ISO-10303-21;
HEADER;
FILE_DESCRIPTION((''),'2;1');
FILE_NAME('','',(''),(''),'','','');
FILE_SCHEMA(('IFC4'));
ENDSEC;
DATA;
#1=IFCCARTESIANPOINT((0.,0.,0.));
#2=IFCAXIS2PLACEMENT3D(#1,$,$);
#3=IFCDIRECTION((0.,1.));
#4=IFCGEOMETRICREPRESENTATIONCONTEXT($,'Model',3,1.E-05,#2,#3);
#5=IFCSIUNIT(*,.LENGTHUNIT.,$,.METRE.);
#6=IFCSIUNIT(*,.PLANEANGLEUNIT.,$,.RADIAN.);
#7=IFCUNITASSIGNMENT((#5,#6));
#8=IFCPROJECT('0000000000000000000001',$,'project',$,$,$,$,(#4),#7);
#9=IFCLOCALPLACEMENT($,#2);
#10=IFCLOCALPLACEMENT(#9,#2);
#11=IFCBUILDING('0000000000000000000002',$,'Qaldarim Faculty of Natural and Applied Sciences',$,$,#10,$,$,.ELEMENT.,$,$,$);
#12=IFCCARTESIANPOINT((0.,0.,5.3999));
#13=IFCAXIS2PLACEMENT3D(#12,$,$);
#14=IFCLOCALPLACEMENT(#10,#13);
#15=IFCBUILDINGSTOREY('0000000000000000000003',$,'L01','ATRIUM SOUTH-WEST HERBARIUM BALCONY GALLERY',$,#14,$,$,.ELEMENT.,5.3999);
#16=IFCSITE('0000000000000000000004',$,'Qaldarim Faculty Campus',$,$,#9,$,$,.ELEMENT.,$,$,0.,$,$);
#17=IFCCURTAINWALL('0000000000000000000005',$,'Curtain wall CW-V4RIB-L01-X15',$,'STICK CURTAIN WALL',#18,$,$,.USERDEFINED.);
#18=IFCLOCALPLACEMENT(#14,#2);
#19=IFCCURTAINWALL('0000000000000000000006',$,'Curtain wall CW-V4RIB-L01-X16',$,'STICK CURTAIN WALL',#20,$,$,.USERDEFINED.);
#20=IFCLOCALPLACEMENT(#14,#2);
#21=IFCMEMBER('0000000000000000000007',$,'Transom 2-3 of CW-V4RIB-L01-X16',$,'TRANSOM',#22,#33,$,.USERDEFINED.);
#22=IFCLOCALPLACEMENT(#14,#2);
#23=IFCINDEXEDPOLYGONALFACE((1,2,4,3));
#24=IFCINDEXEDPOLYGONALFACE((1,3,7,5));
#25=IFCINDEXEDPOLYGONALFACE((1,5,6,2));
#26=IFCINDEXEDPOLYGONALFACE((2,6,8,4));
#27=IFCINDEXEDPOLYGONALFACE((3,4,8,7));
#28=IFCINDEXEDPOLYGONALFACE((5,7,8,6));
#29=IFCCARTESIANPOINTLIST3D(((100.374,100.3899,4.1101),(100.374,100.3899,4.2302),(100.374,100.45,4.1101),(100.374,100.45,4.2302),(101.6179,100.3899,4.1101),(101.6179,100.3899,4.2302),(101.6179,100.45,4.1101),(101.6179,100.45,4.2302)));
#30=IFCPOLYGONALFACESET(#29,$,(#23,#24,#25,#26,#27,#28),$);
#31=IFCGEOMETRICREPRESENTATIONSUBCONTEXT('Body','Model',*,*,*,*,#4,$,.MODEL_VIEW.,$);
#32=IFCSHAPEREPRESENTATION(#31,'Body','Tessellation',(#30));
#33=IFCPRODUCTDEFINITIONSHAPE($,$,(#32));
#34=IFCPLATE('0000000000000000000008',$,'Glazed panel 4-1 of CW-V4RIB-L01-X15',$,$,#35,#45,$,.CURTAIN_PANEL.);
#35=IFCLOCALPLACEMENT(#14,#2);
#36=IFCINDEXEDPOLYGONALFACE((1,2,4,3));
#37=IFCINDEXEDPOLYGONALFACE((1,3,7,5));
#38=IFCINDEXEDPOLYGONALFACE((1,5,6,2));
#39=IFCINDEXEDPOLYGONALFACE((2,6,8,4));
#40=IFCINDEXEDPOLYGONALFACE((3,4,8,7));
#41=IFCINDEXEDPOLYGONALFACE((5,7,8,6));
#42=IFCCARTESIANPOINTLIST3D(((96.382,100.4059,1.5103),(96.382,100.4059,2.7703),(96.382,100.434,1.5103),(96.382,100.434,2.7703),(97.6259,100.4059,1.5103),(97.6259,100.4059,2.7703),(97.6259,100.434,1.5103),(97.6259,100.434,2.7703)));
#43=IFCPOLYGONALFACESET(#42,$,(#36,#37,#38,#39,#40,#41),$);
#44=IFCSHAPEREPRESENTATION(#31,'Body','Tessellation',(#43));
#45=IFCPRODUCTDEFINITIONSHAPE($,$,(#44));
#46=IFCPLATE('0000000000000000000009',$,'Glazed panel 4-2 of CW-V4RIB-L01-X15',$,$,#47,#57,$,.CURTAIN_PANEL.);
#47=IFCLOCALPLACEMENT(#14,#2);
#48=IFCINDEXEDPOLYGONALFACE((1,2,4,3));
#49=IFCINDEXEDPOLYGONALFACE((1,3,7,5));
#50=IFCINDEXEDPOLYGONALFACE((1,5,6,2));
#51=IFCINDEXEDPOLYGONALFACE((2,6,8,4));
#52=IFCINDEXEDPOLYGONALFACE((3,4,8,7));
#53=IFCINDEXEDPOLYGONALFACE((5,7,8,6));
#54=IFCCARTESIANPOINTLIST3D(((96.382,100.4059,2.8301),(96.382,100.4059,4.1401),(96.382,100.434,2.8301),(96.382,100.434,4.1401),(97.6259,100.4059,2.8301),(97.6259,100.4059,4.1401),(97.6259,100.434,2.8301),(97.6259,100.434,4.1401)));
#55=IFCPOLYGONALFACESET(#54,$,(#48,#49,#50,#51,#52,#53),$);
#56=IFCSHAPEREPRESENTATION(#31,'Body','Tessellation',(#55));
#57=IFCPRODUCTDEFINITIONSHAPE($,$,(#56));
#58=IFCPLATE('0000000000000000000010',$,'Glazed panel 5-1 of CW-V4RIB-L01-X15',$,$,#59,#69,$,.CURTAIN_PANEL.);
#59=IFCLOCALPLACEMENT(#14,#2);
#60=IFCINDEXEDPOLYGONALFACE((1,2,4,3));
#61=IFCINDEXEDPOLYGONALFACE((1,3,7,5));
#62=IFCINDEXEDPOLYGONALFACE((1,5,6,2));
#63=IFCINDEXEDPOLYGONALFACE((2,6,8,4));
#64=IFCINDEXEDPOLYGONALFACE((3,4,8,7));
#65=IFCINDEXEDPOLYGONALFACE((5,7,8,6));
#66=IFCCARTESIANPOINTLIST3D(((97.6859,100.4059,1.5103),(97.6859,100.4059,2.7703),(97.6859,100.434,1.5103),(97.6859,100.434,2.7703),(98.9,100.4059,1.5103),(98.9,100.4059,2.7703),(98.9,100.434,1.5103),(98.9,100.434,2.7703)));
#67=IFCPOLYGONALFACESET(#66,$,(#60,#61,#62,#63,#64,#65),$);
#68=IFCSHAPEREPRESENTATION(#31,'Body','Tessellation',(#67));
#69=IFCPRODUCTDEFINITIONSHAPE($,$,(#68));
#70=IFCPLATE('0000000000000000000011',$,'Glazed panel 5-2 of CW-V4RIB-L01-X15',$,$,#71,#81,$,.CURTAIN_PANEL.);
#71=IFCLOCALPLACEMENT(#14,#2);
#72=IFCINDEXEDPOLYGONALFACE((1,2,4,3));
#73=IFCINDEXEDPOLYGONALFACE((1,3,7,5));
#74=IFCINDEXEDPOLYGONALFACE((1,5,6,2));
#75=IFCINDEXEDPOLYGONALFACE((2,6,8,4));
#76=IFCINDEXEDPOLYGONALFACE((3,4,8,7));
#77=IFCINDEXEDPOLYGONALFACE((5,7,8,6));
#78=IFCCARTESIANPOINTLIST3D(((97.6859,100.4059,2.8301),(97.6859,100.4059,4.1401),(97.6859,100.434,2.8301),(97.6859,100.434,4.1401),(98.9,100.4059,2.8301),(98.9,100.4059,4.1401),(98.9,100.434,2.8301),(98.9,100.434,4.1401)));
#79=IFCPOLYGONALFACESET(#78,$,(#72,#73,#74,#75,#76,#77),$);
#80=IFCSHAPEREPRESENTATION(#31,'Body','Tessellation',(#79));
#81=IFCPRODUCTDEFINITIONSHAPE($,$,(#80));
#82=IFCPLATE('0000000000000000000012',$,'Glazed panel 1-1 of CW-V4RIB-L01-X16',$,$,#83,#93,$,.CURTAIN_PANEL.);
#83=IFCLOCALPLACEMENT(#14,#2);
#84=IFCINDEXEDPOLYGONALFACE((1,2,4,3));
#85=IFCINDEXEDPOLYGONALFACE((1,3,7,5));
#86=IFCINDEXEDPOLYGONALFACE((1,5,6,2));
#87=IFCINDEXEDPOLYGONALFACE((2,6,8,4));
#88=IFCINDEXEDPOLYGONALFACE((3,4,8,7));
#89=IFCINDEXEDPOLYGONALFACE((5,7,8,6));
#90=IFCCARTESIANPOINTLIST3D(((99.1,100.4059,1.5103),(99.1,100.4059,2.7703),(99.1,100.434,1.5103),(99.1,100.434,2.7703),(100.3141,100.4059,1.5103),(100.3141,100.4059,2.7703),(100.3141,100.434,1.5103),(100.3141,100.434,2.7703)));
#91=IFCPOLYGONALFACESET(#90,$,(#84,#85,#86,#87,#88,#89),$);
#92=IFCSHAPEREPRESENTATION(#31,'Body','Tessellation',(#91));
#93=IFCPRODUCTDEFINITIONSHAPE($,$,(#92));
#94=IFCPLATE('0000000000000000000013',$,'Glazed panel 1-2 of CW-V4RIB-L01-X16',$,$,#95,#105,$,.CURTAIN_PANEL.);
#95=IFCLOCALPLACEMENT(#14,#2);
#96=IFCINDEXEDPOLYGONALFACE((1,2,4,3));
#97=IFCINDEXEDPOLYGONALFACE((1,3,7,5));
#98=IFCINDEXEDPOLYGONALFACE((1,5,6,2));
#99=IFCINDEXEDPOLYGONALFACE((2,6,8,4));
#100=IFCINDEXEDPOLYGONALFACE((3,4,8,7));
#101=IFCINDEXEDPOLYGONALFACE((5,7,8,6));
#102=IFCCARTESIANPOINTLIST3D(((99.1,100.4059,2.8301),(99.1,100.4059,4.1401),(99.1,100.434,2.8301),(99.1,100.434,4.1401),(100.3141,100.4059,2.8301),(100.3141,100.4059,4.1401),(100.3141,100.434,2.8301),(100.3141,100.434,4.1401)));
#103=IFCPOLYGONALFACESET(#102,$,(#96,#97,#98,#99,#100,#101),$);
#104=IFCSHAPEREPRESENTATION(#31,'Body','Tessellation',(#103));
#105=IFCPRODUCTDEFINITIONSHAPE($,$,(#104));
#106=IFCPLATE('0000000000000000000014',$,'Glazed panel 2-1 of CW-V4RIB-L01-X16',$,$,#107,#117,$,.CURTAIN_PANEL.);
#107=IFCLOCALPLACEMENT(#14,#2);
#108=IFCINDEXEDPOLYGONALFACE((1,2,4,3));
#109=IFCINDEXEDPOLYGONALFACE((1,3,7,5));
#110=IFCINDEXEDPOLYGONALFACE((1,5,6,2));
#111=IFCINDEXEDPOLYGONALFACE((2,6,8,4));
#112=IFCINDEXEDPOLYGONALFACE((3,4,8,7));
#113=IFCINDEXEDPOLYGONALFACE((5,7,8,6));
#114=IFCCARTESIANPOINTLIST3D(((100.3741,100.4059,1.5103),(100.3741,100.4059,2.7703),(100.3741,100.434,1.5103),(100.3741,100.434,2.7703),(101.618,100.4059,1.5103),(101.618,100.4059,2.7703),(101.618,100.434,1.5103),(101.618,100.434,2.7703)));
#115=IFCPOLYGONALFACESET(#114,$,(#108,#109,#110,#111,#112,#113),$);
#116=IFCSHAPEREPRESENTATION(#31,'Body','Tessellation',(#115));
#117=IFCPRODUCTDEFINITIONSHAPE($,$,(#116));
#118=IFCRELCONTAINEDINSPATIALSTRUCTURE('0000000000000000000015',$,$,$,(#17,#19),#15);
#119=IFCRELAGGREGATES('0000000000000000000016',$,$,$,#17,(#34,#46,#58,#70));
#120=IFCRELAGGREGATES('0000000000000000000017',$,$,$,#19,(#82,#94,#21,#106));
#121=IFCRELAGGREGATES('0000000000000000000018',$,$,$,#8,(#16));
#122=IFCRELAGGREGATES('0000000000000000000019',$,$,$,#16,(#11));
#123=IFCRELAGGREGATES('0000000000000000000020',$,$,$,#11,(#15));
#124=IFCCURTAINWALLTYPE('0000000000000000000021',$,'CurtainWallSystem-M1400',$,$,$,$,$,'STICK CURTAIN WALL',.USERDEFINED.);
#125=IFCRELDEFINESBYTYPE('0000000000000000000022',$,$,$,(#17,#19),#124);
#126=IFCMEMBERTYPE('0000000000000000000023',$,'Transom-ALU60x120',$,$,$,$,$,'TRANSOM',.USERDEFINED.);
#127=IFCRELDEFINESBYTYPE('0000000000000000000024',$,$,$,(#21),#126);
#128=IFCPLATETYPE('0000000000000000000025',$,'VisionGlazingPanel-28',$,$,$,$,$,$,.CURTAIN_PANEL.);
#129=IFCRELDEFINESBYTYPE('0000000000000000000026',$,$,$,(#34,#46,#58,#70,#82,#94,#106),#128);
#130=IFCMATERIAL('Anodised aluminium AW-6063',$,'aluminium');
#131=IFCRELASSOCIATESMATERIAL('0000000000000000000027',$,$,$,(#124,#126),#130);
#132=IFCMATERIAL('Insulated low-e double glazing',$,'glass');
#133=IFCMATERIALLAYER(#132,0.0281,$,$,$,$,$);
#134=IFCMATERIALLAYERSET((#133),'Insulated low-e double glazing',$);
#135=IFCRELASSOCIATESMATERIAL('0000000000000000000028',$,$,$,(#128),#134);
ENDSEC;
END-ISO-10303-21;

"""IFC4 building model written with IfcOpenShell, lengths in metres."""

from ifc_helpers import new_model, si_unit, direction, frame, origin, origin_2d, place, context, subcontext, project, spatial, rectangle, extrude, material, layer, layer_set, material_profile, profile_set, type_object, element, aggregate, save


model = new_model("IFC4")

# Units and contexts
model_context = context("Model", 3, precision=1e-05, world=origin(), true_north=direction((0.0, 1.0)))
body_context = subcontext(model_context, "Body", "Model", "MODEL_VIEW")
ifc_project = project(units=[si_unit("LENGTHUNIT", "METRE"), si_unit("PLANEANGLEUNIT", "RADIAN")], contexts=[model_context])

# Site, building, storey
site_placement = place(None, origin())
site = spatial("IfcSite", under=ifc_project, at=site_placement, Name="Qaldarim Faculty Campus", CompositionType="ELEMENT", RefElevation=0.0)
building_placement = place(site_placement, origin())
building = spatial("IfcBuilding", under=site, at=building_placement, Name="Qaldarim Faculty of Natural and Applied Sciences", CompositionType="ELEMENT")
storey_placement = place(building_placement, frame((0.0, 0.0, 5.3999)))
storey = spatial("IfcBuildingStorey", under=building, at=storey_placement, Name="L01", Description="ATRIUM SOUTH-WEST HERBARIUM BALCONY GALLERY", CompositionType="ELEMENT", Elevation=5.3999)

# Curtain walls
ifc_material_1 = material(Name="Anodised aluminium AW-6063", Category="aluminium")
curtain_wall_type = type_object("IfcCurtainWallType", Name="CurtainWallSystem-M1400", ElementType="STICK CURTAIN WALL", PredefinedType="USERDEFINED", material=ifc_material_1)
curtain_wall_1_placement = place(storey_placement, origin())
curtain_wall_1 = element("IfcCurtainWall", 1, at=curtain_wall_1_placement, inside=storey, type_object=curtain_wall_type, Name="Curtain wall CW-V4RIB-L01-X15", ObjectType="STICK CURTAIN WALL", PredefinedType="USERDEFINED")
curtain_wall_2_placement = place(storey_placement, origin())
curtain_wall_2 = element("IfcCurtainWall", 2, at=curtain_wall_2_placement, inside=storey, type_object=curtain_wall_type, Name="Curtain wall CW-V4RIB-L01-X16", ObjectType="STICK CURTAIN WALL", PredefinedType="USERDEFINED")

# Member
ifc_material_profile_1 = material_profile(ifc_material_1, rectangle(XDim=0.0601, YDim=0.1201, at=origin_2d()), Name="ALU-T60x120")
ifc_profile_set_1 = profile_set([ifc_material_profile_1], Name="Anodised aluminium AW-6063")
member_type_1 = type_object("IfcMemberType", Name="Transom-ALU60x120", ElementType="TRANSOM", PredefinedType="USERDEFINED", material=ifc_profile_set_1)
member_1_placement = place(storey_placement, frame((100.374, 100.4199, 4.1702), z_axis=(1.0, 0.0, 0.0), x_axis=(0.0, 1.0, 0.0)))
member_1 = element("IfcMember", 3, at=member_1_placement, type_object=member_type_1, Name="Transom 2-3 of CW-V4RIB-L01-X16", ObjectType="TRANSOM", PredefinedType="USERDEFINED", context=body_context, shape_type="SweptSolid", body=[
    extrude(rectangle(XDim=0.0601, YDim=0.1201, at=origin_2d()), origin(), (0.0, 0.0, 1.0), 1.2439),
])

# Plates
ifc_material_2 = material(Name="Insulated low-e double glazing", Category="glass")
ifc_layer = layer(ifc_material_2, 0.0281)
ifc_layer_set = layer_set([ifc_layer], Name="Insulated low-e double glazing")
plate_type = type_object("IfcPlateType", Name="VisionGlazingPanel-28", PredefinedType="CURTAIN_PANEL", material=ifc_layer_set)
plate_1_placement = place(storey_placement, frame((97.0039, 100.4199, 1.5103), z_axis=(0.0, 0.0, 1.0), x_axis=(1.0, 0.0, 0.0)))
plate_1 = element("IfcPlate", 4, at=plate_1_placement, type_object=plate_type, Name="Glazed panel 4-1 of CW-V4RIB-L01-X15", PredefinedType="CURTAIN_PANEL", context=body_context, shape_type="SweptSolid", body=[
    extrude(rectangle(XDim=1.2439, YDim=0.0281, at=origin_2d()), origin(), (0.0, 0.0, 1.0), 1.26),
])
plate_2_placement = place(storey_placement, frame((97.0039, 100.4199, 2.8301), z_axis=(0.0, 0.0, 1.0), x_axis=(1.0, 0.0, 0.0)))
plate_2 = element("IfcPlate", 5, at=plate_2_placement, type_object=plate_type, Name="Glazed panel 4-2 of CW-V4RIB-L01-X15", PredefinedType="CURTAIN_PANEL", context=body_context, shape_type="SweptSolid", body=[
    extrude(rectangle(XDim=1.2439, YDim=0.0281, at=origin_2d()), origin(), (0.0, 0.0, 1.0), 1.3101),
])
plate_3_placement = place(storey_placement, frame((98.293, 100.4199, 1.5103), z_axis=(0.0, 0.0, 1.0), x_axis=(1.0, 0.0, 0.0)))
plate_3 = element("IfcPlate", 6, at=plate_3_placement, type_object=plate_type, Name="Glazed panel 5-1 of CW-V4RIB-L01-X15", PredefinedType="CURTAIN_PANEL", context=body_context, shape_type="SweptSolid", body=[
    extrude(rectangle(XDim=1.2141, YDim=0.0281, at=origin_2d()), origin(), (0.0, 0.0, 1.0), 1.26),
])
plate_4_placement = place(storey_placement, frame((98.293, 100.4199, 2.8301), z_axis=(0.0, 0.0, 1.0), x_axis=(1.0, 0.0, 0.0)))
plate_4 = element("IfcPlate", 7, at=plate_4_placement, type_object=plate_type, Name="Glazed panel 5-2 of CW-V4RIB-L01-X15", PredefinedType="CURTAIN_PANEL", context=body_context, shape_type="SweptSolid", body=[
    extrude(rectangle(XDim=1.2141, YDim=0.0281, at=origin_2d()), origin(), (0.0, 0.0, 1.0), 1.3101),
])
aggregate(curtain_wall_1, [plate_1, plate_2, plate_3, plate_4])
plate_5_placement = place(storey_placement, frame((99.707, 100.4199, 1.5103), z_axis=(0.0, 0.0, 1.0), x_axis=(1.0, 0.0, 0.0)))
plate_5 = element("IfcPlate", 8, at=plate_5_placement, type_object=plate_type, Name="Glazed panel 1-1 of CW-V4RIB-L01-X16", PredefinedType="CURTAIN_PANEL", context=body_context, shape_type="SweptSolid", body=[
    extrude(rectangle(XDim=1.2141, YDim=0.0281, at=origin_2d()), origin(), (0.0, 0.0, 1.0), 1.26),
])
plate_6_placement = place(storey_placement, frame((99.707, 100.4199, 2.8301), z_axis=(0.0, 0.0, 1.0), x_axis=(1.0, 0.0, 0.0)))
plate_6 = element("IfcPlate", 9, at=plate_6_placement, type_object=plate_type, Name="Glazed panel 1-2 of CW-V4RIB-L01-X16", PredefinedType="CURTAIN_PANEL", context=body_context, shape_type="SweptSolid", body=[
    extrude(rectangle(XDim=1.2141, YDim=0.0281, at=origin_2d()), origin(), (0.0, 0.0, 1.0), 1.3101),
])
plate_7_placement = place(storey_placement, frame((100.9961, 100.4199, 1.5103), z_axis=(0.0, 0.0, 1.0), x_axis=(1.0, 0.0, 0.0)))
plate_7 = element("IfcPlate", 10, at=plate_7_placement, type_object=plate_type, Name="Glazed panel 2-1 of CW-V4RIB-L01-X16", PredefinedType="CURTAIN_PANEL", context=body_context, shape_type="SweptSolid", body=[
    extrude(rectangle(XDim=1.2439, YDim=0.0281, at=origin_2d()), origin(), (0.0, 0.0, 1.0), 1.26),
])
aggregate(curtain_wall_2, [plate_5, plate_6, member_1, plate_7])

save(model, "model.ifc")
